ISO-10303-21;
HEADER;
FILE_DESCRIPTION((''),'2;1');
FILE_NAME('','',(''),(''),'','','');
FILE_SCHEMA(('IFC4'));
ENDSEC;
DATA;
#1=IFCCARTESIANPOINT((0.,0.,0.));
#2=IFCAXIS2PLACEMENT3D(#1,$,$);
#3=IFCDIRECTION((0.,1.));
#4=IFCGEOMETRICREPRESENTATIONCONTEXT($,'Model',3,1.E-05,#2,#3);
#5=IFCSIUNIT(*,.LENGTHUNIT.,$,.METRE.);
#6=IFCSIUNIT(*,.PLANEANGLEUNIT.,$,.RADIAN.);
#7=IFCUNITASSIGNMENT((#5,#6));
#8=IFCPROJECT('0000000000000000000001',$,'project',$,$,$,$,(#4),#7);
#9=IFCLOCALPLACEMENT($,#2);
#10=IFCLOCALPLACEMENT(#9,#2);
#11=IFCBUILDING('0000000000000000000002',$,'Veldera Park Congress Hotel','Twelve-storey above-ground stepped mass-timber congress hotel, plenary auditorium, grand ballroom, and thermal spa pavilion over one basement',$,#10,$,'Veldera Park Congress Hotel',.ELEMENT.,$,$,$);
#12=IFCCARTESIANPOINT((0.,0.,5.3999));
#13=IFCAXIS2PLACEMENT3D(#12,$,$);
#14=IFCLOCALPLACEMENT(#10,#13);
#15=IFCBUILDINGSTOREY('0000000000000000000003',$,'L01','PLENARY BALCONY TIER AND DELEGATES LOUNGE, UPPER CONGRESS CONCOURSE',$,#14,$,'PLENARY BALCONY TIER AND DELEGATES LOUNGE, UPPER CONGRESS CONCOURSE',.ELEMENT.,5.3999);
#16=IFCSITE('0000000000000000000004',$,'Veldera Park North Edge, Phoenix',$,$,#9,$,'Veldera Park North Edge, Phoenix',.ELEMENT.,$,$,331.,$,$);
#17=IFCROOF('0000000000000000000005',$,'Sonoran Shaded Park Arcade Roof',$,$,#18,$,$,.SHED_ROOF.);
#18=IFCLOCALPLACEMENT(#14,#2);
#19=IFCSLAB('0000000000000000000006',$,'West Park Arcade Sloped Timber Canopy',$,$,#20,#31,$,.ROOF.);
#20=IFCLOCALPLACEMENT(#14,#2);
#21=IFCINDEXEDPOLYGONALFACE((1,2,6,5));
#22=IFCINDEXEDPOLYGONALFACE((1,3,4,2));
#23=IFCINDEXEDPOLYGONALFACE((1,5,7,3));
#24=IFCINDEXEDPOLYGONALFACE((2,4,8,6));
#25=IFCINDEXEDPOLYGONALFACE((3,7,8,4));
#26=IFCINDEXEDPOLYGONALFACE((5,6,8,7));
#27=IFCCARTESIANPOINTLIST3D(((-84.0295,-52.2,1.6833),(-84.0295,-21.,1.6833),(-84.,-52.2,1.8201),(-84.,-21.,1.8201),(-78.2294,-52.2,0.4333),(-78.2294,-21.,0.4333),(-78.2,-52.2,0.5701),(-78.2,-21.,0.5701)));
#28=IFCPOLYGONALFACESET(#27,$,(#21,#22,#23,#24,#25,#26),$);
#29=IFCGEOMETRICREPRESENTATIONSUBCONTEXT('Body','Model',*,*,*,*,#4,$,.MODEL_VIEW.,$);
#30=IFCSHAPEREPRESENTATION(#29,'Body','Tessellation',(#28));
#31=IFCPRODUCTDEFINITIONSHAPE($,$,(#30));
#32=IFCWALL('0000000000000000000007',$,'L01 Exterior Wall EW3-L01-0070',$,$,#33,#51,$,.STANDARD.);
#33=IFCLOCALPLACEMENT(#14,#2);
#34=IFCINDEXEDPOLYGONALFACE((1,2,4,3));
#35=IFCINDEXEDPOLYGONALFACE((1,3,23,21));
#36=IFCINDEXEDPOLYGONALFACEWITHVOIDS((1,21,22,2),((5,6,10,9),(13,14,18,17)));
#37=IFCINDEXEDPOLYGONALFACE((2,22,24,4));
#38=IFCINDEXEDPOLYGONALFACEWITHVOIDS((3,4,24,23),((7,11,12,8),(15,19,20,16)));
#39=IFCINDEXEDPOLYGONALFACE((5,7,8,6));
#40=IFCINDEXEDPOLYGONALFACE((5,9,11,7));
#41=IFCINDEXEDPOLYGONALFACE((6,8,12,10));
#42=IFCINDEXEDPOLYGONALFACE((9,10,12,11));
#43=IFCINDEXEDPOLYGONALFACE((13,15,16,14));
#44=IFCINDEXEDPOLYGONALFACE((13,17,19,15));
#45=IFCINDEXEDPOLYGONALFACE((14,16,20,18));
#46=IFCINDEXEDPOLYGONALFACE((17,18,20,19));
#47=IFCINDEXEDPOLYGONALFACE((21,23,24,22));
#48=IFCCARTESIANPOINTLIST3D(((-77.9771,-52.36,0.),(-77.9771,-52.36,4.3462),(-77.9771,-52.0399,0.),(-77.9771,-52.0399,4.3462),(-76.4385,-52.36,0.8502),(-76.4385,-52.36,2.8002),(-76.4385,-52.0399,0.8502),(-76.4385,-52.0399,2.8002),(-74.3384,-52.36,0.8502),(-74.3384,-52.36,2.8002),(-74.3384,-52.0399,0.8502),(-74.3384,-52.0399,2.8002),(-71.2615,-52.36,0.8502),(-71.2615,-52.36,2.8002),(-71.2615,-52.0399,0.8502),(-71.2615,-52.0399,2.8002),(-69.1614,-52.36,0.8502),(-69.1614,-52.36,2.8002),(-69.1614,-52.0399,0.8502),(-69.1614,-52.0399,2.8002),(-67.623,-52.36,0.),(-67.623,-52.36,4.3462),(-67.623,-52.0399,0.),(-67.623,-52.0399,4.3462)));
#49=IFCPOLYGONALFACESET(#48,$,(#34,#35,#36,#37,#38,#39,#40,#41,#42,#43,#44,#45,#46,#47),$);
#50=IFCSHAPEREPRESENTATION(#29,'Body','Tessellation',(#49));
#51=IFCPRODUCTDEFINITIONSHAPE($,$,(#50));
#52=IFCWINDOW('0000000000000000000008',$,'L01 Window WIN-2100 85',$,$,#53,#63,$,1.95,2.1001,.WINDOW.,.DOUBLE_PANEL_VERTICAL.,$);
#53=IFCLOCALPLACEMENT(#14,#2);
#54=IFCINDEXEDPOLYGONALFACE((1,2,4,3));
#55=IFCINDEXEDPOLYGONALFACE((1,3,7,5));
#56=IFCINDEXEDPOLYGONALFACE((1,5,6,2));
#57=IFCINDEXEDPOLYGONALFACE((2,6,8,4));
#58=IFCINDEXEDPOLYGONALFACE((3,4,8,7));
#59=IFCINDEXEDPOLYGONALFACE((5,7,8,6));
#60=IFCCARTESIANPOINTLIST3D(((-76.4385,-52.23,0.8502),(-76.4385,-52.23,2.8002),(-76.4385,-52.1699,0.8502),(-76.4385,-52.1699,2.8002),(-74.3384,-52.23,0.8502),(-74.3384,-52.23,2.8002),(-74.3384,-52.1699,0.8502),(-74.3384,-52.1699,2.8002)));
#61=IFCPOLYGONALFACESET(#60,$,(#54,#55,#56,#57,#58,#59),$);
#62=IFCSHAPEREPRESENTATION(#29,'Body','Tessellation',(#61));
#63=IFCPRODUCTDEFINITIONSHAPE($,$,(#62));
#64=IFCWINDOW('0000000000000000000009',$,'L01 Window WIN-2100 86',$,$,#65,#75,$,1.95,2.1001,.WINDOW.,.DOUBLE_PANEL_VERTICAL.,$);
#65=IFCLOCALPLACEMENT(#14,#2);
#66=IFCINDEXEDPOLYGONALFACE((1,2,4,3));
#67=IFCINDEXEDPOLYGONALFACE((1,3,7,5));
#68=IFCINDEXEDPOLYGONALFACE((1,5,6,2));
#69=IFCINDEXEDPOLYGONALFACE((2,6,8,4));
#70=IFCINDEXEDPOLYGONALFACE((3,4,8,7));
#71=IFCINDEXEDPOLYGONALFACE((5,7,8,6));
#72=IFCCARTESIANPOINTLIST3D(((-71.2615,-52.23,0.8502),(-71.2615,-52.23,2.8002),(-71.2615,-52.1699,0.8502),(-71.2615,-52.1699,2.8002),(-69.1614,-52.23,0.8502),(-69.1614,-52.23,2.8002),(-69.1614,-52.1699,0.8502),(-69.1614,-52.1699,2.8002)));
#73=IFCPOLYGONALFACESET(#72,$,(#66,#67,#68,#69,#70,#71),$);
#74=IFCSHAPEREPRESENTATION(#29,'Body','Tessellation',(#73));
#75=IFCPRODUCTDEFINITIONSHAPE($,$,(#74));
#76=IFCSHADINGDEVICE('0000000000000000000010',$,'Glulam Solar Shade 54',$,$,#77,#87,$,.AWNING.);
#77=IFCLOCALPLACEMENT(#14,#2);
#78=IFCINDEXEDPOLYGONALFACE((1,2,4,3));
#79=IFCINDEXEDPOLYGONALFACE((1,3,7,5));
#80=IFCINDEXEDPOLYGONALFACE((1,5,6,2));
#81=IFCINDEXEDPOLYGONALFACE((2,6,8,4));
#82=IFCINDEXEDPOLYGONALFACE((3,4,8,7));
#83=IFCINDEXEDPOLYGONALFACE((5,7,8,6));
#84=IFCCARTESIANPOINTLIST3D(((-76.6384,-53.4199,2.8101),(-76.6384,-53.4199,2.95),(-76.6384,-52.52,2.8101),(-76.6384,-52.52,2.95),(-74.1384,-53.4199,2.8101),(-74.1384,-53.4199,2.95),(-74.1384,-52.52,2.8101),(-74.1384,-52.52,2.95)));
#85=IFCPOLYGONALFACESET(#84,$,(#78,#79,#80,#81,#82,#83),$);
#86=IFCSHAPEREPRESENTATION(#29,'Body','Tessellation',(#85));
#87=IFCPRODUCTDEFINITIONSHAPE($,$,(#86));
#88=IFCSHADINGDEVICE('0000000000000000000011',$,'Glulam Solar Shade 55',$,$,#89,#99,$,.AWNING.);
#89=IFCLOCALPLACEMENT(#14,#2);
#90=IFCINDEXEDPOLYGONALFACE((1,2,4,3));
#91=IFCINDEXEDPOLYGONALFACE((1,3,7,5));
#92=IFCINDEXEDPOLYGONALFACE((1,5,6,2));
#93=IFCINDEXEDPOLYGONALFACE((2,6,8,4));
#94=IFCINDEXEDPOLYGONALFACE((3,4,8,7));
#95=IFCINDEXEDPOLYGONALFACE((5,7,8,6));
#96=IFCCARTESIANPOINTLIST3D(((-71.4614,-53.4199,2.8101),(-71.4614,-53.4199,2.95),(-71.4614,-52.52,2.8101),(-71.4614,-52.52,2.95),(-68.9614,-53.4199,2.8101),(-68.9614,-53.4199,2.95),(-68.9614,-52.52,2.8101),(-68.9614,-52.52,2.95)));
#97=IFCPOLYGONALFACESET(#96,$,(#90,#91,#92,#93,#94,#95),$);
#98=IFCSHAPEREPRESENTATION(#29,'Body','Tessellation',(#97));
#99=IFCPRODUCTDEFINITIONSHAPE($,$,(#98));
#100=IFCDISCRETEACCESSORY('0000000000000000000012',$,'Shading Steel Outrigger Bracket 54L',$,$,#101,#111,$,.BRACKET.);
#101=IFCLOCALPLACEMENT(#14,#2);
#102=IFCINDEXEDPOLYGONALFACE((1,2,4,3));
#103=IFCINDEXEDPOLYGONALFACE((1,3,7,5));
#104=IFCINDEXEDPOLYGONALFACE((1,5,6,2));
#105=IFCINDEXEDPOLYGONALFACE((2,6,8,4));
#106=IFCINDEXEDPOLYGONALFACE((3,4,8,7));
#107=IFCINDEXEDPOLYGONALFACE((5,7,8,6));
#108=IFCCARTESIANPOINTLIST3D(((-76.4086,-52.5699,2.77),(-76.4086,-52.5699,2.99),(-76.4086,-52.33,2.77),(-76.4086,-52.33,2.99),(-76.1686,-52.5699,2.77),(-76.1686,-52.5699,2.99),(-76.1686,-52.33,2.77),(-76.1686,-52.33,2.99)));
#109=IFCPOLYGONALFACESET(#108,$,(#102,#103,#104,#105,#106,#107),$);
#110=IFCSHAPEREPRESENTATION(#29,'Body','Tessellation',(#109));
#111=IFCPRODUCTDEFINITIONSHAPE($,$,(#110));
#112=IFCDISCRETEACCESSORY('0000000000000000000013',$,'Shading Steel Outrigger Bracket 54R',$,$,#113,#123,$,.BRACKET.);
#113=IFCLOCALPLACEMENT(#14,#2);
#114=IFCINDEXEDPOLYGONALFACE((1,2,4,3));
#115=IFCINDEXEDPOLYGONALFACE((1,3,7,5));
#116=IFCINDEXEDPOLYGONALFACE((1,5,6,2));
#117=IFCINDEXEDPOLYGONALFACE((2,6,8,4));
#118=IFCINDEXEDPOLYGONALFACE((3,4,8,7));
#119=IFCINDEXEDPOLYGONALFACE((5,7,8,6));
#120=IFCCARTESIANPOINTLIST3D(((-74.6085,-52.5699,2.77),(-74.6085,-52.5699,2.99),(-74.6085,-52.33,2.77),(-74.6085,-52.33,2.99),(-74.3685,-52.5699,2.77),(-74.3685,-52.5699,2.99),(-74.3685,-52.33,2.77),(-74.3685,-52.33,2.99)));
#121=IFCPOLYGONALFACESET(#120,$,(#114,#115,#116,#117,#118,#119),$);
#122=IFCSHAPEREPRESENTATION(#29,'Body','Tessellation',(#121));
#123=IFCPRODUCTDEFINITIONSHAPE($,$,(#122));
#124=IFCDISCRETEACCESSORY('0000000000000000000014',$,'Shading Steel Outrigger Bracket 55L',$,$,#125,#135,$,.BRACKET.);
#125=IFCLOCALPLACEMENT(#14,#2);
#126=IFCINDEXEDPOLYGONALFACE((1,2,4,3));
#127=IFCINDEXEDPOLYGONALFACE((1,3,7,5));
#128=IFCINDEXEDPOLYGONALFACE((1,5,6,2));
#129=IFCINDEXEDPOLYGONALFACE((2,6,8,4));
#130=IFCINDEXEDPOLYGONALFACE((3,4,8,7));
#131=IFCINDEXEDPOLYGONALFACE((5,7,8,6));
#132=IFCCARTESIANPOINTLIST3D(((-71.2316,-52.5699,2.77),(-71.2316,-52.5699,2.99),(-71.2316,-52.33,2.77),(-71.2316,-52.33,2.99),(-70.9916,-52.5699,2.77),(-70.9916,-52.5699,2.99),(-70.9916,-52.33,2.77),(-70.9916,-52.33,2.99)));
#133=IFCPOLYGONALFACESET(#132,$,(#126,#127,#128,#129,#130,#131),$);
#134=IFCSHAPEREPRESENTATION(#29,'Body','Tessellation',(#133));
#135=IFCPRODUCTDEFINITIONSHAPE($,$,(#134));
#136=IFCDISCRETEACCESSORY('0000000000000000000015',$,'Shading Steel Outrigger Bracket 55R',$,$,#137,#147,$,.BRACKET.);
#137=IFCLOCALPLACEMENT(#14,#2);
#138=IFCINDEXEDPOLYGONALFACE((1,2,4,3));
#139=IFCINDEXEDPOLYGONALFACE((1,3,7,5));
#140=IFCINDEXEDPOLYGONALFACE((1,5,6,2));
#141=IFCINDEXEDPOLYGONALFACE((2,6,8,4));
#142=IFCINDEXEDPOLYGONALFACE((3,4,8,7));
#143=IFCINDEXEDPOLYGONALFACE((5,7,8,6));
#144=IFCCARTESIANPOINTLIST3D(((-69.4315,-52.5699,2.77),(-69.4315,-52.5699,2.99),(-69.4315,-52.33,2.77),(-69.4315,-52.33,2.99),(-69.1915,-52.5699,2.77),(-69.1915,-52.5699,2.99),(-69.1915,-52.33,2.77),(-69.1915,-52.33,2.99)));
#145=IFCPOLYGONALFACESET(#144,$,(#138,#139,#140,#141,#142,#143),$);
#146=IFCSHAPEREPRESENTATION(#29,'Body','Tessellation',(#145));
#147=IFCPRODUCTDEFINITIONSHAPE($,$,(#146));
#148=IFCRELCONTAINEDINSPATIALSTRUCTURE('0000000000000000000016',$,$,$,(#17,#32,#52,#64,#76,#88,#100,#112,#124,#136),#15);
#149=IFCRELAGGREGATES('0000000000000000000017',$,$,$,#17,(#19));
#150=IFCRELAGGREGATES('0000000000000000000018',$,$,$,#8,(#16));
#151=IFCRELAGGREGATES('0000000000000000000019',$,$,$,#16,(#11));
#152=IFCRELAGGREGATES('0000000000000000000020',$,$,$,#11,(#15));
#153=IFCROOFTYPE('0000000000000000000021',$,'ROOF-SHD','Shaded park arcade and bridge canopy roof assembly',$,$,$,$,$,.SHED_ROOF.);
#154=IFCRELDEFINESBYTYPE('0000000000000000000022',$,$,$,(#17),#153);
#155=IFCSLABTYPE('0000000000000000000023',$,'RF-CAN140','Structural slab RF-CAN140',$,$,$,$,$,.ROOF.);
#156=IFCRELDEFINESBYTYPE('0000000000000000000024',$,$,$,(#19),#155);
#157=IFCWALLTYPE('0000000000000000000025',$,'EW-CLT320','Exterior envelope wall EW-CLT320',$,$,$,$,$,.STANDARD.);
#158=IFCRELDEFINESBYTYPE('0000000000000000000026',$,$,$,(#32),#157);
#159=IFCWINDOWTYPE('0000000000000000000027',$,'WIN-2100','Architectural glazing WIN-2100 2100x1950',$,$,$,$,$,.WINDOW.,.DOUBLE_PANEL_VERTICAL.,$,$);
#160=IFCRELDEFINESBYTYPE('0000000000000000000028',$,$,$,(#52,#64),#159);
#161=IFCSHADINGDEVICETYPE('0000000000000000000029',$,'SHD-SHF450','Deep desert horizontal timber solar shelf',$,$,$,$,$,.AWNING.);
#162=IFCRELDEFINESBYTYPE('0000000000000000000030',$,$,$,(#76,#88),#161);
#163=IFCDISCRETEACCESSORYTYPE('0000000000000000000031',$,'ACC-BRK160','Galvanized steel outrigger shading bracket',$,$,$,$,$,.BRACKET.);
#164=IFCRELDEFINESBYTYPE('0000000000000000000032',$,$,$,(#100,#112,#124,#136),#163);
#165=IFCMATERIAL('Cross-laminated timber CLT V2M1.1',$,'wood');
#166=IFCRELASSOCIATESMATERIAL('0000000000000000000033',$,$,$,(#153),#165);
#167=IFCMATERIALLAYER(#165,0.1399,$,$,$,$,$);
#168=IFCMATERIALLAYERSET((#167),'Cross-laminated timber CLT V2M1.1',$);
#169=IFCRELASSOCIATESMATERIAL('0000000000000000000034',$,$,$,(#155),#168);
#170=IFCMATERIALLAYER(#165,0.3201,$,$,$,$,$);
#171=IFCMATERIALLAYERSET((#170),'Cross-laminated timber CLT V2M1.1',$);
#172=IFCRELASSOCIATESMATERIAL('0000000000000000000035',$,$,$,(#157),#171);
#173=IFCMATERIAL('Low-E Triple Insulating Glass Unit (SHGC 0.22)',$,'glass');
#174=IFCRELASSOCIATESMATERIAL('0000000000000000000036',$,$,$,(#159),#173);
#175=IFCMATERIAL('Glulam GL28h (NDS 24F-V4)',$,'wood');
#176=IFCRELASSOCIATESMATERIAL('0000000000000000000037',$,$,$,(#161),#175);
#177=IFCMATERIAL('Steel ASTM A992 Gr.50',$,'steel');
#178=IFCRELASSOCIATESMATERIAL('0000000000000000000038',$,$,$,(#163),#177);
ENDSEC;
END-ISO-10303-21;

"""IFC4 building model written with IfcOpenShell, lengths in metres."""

from ifc_helpers import new_model, si_unit, direction, frame, frame_2d, origin, origin_2d, place, context, subcontext, project, spatial, polyline, rectangle, outline, extrude, material, layer, layer_set, type_object, element, fill, aggregate, save


model = new_model("IFC4")

# Units and contexts
model_context = context("Model", 3, precision=1e-05, world=origin(), true_north=direction((0.0, 1.0)))
body_context = subcontext(model_context, "Body", "Model", "MODEL_VIEW")
ifc_project = project(units=[si_unit("LENGTHUNIT", "METRE"), si_unit("PLANEANGLEUNIT", "RADIAN")], contexts=[model_context])

# Site, building, storey
site_placement = place(None, origin())
site = spatial("IfcSite", under=ifc_project, at=site_placement, Name="Veldera Park North Edge, Phoenix", LongName="Veldera Park North Edge, Phoenix", CompositionType="ELEMENT", RefElevation=331.0)
building_placement = place(site_placement, origin())
building = spatial("IfcBuilding", under=site, at=building_placement, Name="Veldera Park Congress Hotel", Description="Twelve-storey above-ground stepped mass-timber congress hotel, plenary auditorium, grand ballroom, and thermal spa pavilion over one basement", LongName="Veldera Park Congress Hotel", CompositionType="ELEMENT")
storey_placement = place(building_placement, frame((0.0, 0.0, 5.3999)))
storey = spatial("IfcBuildingStorey", under=building, at=storey_placement, Name="L01", Description="PLENARY BALCONY TIER AND DELEGATES LOUNGE, UPPER CONGRESS CONCOURSE", LongName="PLENARY BALCONY TIER AND DELEGATES LOUNGE, UPPER CONGRESS CONCOURSE", CompositionType="ELEMENT", Elevation=5.3999)

# Shared definitions
ifc_material_1 = material(Name="Glulam GL28h (NDS 24F-V4)", Category="wood")

# Shared definitions
ifc_material_2 = material(Name="Steel ASTM A992 Gr.50", Category="steel")

# Roof, slab
ifc_material_3 = material(Name="Cross-laminated timber CLT V2M1.1", Category="wood")
roof_type = type_object("IfcRoofType", Name="ROOF-SHD", Description="Shaded park arcade and bridge canopy roof assembly", PredefinedType="SHED_ROOF", material=ifc_material_3)
roof_placement = place(storey_placement, origin())
roof = element("IfcRoof", 1, at=roof_placement, inside=storey, type_object=roof_type, Name="Sonoran Shaded Park Arcade Roof", PredefinedType="SHED_ROOF")
ifc_layer_1 = layer(ifc_material_3, 0.1399)
ifc_layer_set_1 = layer_set([ifc_layer_1], Name="Cross-laminated timber CLT V2M1.1")
slab_type = type_object("IfcSlabType", Name="RF-CAN140", Description="Structural slab RF-CAN140", PredefinedType="ROOF", material=ifc_layer_set_1)
slab_placement = place(storey_placement, frame((-84.0, -52.2, 1.8201), z_axis=(0.210678, 0.0, 0.977555), x_axis=(0.977555, 0.0, -0.210678)))
slab = element("IfcSlab", 2, at=slab_placement, type_object=slab_type, Name="West Park Arcade Sloped Timber Canopy", PredefinedType="ROOF", context=body_context, shape_type="SweptSolid", body=[
    extrude(outline(polyline([(0.0, 0.0), (5.9332, 0.0), (5.9332, 31.2), (0.0, 31.2), (0.0, 0.0)])), origin(), (0.0, 0.0, -1.0), 0.1399),
])
aggregate(roof, [slab])

# Wall, openings, windows
ifc_layer_2 = layer(ifc_material_3, 0.3201)
ifc_layer_set_2 = layer_set([ifc_layer_2], Name="Cross-laminated timber CLT V2M1.1")
wall_type = type_object("IfcWallType", Name="EW-CLT320", Description="Exterior envelope wall EW-CLT320", PredefinedType="STANDARD", material=ifc_layer_set_2)
wall_placement = place(storey_placement, frame((-77.9771, -52.2, 0.0), z_axis=(0.0, 0.0, 1.0), x_axis=(1.0, 0.0, 0.0)))
wall = element("IfcWall", 3, at=wall_placement, inside=storey, type_object=wall_type, Name="L01 Exterior Wall EW3-L01-0070", PredefinedType="STANDARD", context=body_context, shape_type="SweptSolid", body=[
    extrude(rectangle(XDim=10.354, YDim=0.3201, at=frame_2d((5.177, 0.0))), origin(), (0.0, 0.0, 1.0), 4.3462),
])
opening_1_placement = place(wall_placement, frame((1.5386, 0.0, 0.8501)))
opening_1 = element("IfcOpeningElement", 4, at=opening_1_placement, cuts=wall, PredefinedType="OPENING", context=body_context, shape_type="SweptSolid", body=[
    extrude(rectangle(XDim=2.1001, YDim=1.95, at=frame_2d((1.05, 0.9751))), frame((0.0, 0.1721, 0.0), z_axis=(0.0, -1.0, 0.0), x_axis=(1.0, 0.0, 0.0)), (0.0, 0.0, 1.0), 0.344),
])
opening_2_placement = place(wall_placement, frame((6.7156, 0.0, 0.8501)))
opening_2 = element("IfcOpeningElement", 5, at=opening_2_placement, cuts=wall, PredefinedType="OPENING", context=body_context, shape_type="SweptSolid", body=[
    extrude(rectangle(XDim=2.1001, YDim=1.95, at=frame_2d((1.05, 0.9751))), frame((0.0, 0.1721, 0.0), z_axis=(0.0, -1.0, 0.0), x_axis=(1.0, 0.0, 0.0)), (0.0, 0.0, 1.0), 0.344),
])
ifc_material_4 = material(Name="Low-E Triple Insulating Glass Unit (SHGC 0.22)", Category="glass")
window_type = type_object("IfcWindowType", Name="WIN-2100", Description="Architectural glazing WIN-2100 2100x1950", PartitioningType="DOUBLE_PANEL_VERTICAL", PredefinedType="WINDOW", material=ifc_material_4)
window_1_placement = place(opening_1_placement, origin())
window_1 = element("IfcWindow", 6, at=window_1_placement, inside=storey, type_object=window_type, Name="L01 Window WIN-2100 85", OverallHeight=1.95, OverallWidth=2.1001, PartitioningType="DOUBLE_PANEL_VERTICAL", PredefinedType="WINDOW", context=body_context, shape_type="SweptSolid", body=[
    extrude(rectangle(XDim=2.1001, YDim=1.95, at=frame_2d((1.05, 0.9751))), frame((0.0, 0.03, 0.0), z_axis=(0.0, -1.0, 0.0), x_axis=(1.0, 0.0, 0.0)), (0.0, 0.0, 1.0), 0.0601),
])
fill(opening_1, window_1)
window_2_placement = place(opening_2_placement, origin())
window_2 = element("IfcWindow", 7, at=window_2_placement, inside=storey, type_object=window_type, Name="L01 Window WIN-2100 86", OverallHeight=1.95, OverallWidth=2.1001, PartitioningType="DOUBLE_PANEL_VERTICAL", PredefinedType="WINDOW", context=body_context, shape_type="SweptSolid", body=[
    extrude(rectangle(XDim=2.1001, YDim=1.95, at=frame_2d((1.05, 0.9751))), frame((0.0, 0.03, 0.0), z_axis=(0.0, -1.0, 0.0), x_axis=(1.0, 0.0, 0.0)), (0.0, 0.0, 1.0), 0.0601),
])
fill(opening_2, window_2)

# Shading devices
shading_device_type = type_object("IfcShadingDeviceType", Name="SHD-SHF450", Description="Deep desert horizontal timber solar shelf", PredefinedType="AWNING", material=ifc_material_1)
for number, where, z_axis, x_axis, name in (
    (8, (-75.3884, -52.97, 2.8101), (0.0, 0.0, 1.0), (1.0, 0.0, 0.0), "Glulam Solar Shade 54"),
    (9, (-70.2114, -52.97, 2.8101), (0.0, 0.0, 1.0), (1.0, 0.0, 0.0), "Glulam Solar Shade 55"),
):
    element("IfcShadingDevice", number, at=place(storey_placement, frame(where, z_axis=z_axis, x_axis=x_axis)), inside=storey, type_object=shading_device_type, Name=name, PredefinedType="AWNING", context=body_context, shape_type="SweptSolid", body=[
        extrude(rectangle(XDim=2.5, YDim=0.8999, at=origin_2d()), origin(), (0.0, 0.0, 1.0), 0.1399),
    ])

# Discrete accessories
discrete_accessory_type = type_object("IfcDiscreteAccessoryType", Name="ACC-BRK160", Description="Galvanized steel outrigger shading bracket", PredefinedType="BRACKET", material=ifc_material_2)
for number, where, z_axis, x_axis, name in (
    (10, (-76.2886, -52.45, 2.77), (0.0, 0.0, 1.0), (1.0, 0.0, 0.0), "Shading Steel Outrigger Bracket 54L"),
    (11, (-74.4885, -52.45, 2.77), (0.0, 0.0, 1.0), (1.0, 0.0, 0.0), "Shading Steel Outrigger Bracket 54R"),
    (12, (-71.1116, -52.45, 2.77), (0.0, 0.0, 1.0), (1.0, 0.0, 0.0), "Shading Steel Outrigger Bracket 55L"),
    (13, (-69.3115, -52.45, 2.77), (0.0, 0.0, 1.0), (1.0, 0.0, 0.0), "Shading Steel Outrigger Bracket 55R"),
):
    element("IfcDiscreteAccessory", number, at=place(storey_placement, frame(where, z_axis=z_axis, x_axis=x_axis)), inside=storey, type_object=discrete_accessory_type, Name=name, PredefinedType="BRACKET", context=body_context, shape_type="SweptSolid", body=[
        extrude(rectangle(XDim=0.24, YDim=0.24, at=origin_2d()), origin(), (0.0, 0.0, 1.0), 0.22),
    ])

save(model, "model.ifc")
